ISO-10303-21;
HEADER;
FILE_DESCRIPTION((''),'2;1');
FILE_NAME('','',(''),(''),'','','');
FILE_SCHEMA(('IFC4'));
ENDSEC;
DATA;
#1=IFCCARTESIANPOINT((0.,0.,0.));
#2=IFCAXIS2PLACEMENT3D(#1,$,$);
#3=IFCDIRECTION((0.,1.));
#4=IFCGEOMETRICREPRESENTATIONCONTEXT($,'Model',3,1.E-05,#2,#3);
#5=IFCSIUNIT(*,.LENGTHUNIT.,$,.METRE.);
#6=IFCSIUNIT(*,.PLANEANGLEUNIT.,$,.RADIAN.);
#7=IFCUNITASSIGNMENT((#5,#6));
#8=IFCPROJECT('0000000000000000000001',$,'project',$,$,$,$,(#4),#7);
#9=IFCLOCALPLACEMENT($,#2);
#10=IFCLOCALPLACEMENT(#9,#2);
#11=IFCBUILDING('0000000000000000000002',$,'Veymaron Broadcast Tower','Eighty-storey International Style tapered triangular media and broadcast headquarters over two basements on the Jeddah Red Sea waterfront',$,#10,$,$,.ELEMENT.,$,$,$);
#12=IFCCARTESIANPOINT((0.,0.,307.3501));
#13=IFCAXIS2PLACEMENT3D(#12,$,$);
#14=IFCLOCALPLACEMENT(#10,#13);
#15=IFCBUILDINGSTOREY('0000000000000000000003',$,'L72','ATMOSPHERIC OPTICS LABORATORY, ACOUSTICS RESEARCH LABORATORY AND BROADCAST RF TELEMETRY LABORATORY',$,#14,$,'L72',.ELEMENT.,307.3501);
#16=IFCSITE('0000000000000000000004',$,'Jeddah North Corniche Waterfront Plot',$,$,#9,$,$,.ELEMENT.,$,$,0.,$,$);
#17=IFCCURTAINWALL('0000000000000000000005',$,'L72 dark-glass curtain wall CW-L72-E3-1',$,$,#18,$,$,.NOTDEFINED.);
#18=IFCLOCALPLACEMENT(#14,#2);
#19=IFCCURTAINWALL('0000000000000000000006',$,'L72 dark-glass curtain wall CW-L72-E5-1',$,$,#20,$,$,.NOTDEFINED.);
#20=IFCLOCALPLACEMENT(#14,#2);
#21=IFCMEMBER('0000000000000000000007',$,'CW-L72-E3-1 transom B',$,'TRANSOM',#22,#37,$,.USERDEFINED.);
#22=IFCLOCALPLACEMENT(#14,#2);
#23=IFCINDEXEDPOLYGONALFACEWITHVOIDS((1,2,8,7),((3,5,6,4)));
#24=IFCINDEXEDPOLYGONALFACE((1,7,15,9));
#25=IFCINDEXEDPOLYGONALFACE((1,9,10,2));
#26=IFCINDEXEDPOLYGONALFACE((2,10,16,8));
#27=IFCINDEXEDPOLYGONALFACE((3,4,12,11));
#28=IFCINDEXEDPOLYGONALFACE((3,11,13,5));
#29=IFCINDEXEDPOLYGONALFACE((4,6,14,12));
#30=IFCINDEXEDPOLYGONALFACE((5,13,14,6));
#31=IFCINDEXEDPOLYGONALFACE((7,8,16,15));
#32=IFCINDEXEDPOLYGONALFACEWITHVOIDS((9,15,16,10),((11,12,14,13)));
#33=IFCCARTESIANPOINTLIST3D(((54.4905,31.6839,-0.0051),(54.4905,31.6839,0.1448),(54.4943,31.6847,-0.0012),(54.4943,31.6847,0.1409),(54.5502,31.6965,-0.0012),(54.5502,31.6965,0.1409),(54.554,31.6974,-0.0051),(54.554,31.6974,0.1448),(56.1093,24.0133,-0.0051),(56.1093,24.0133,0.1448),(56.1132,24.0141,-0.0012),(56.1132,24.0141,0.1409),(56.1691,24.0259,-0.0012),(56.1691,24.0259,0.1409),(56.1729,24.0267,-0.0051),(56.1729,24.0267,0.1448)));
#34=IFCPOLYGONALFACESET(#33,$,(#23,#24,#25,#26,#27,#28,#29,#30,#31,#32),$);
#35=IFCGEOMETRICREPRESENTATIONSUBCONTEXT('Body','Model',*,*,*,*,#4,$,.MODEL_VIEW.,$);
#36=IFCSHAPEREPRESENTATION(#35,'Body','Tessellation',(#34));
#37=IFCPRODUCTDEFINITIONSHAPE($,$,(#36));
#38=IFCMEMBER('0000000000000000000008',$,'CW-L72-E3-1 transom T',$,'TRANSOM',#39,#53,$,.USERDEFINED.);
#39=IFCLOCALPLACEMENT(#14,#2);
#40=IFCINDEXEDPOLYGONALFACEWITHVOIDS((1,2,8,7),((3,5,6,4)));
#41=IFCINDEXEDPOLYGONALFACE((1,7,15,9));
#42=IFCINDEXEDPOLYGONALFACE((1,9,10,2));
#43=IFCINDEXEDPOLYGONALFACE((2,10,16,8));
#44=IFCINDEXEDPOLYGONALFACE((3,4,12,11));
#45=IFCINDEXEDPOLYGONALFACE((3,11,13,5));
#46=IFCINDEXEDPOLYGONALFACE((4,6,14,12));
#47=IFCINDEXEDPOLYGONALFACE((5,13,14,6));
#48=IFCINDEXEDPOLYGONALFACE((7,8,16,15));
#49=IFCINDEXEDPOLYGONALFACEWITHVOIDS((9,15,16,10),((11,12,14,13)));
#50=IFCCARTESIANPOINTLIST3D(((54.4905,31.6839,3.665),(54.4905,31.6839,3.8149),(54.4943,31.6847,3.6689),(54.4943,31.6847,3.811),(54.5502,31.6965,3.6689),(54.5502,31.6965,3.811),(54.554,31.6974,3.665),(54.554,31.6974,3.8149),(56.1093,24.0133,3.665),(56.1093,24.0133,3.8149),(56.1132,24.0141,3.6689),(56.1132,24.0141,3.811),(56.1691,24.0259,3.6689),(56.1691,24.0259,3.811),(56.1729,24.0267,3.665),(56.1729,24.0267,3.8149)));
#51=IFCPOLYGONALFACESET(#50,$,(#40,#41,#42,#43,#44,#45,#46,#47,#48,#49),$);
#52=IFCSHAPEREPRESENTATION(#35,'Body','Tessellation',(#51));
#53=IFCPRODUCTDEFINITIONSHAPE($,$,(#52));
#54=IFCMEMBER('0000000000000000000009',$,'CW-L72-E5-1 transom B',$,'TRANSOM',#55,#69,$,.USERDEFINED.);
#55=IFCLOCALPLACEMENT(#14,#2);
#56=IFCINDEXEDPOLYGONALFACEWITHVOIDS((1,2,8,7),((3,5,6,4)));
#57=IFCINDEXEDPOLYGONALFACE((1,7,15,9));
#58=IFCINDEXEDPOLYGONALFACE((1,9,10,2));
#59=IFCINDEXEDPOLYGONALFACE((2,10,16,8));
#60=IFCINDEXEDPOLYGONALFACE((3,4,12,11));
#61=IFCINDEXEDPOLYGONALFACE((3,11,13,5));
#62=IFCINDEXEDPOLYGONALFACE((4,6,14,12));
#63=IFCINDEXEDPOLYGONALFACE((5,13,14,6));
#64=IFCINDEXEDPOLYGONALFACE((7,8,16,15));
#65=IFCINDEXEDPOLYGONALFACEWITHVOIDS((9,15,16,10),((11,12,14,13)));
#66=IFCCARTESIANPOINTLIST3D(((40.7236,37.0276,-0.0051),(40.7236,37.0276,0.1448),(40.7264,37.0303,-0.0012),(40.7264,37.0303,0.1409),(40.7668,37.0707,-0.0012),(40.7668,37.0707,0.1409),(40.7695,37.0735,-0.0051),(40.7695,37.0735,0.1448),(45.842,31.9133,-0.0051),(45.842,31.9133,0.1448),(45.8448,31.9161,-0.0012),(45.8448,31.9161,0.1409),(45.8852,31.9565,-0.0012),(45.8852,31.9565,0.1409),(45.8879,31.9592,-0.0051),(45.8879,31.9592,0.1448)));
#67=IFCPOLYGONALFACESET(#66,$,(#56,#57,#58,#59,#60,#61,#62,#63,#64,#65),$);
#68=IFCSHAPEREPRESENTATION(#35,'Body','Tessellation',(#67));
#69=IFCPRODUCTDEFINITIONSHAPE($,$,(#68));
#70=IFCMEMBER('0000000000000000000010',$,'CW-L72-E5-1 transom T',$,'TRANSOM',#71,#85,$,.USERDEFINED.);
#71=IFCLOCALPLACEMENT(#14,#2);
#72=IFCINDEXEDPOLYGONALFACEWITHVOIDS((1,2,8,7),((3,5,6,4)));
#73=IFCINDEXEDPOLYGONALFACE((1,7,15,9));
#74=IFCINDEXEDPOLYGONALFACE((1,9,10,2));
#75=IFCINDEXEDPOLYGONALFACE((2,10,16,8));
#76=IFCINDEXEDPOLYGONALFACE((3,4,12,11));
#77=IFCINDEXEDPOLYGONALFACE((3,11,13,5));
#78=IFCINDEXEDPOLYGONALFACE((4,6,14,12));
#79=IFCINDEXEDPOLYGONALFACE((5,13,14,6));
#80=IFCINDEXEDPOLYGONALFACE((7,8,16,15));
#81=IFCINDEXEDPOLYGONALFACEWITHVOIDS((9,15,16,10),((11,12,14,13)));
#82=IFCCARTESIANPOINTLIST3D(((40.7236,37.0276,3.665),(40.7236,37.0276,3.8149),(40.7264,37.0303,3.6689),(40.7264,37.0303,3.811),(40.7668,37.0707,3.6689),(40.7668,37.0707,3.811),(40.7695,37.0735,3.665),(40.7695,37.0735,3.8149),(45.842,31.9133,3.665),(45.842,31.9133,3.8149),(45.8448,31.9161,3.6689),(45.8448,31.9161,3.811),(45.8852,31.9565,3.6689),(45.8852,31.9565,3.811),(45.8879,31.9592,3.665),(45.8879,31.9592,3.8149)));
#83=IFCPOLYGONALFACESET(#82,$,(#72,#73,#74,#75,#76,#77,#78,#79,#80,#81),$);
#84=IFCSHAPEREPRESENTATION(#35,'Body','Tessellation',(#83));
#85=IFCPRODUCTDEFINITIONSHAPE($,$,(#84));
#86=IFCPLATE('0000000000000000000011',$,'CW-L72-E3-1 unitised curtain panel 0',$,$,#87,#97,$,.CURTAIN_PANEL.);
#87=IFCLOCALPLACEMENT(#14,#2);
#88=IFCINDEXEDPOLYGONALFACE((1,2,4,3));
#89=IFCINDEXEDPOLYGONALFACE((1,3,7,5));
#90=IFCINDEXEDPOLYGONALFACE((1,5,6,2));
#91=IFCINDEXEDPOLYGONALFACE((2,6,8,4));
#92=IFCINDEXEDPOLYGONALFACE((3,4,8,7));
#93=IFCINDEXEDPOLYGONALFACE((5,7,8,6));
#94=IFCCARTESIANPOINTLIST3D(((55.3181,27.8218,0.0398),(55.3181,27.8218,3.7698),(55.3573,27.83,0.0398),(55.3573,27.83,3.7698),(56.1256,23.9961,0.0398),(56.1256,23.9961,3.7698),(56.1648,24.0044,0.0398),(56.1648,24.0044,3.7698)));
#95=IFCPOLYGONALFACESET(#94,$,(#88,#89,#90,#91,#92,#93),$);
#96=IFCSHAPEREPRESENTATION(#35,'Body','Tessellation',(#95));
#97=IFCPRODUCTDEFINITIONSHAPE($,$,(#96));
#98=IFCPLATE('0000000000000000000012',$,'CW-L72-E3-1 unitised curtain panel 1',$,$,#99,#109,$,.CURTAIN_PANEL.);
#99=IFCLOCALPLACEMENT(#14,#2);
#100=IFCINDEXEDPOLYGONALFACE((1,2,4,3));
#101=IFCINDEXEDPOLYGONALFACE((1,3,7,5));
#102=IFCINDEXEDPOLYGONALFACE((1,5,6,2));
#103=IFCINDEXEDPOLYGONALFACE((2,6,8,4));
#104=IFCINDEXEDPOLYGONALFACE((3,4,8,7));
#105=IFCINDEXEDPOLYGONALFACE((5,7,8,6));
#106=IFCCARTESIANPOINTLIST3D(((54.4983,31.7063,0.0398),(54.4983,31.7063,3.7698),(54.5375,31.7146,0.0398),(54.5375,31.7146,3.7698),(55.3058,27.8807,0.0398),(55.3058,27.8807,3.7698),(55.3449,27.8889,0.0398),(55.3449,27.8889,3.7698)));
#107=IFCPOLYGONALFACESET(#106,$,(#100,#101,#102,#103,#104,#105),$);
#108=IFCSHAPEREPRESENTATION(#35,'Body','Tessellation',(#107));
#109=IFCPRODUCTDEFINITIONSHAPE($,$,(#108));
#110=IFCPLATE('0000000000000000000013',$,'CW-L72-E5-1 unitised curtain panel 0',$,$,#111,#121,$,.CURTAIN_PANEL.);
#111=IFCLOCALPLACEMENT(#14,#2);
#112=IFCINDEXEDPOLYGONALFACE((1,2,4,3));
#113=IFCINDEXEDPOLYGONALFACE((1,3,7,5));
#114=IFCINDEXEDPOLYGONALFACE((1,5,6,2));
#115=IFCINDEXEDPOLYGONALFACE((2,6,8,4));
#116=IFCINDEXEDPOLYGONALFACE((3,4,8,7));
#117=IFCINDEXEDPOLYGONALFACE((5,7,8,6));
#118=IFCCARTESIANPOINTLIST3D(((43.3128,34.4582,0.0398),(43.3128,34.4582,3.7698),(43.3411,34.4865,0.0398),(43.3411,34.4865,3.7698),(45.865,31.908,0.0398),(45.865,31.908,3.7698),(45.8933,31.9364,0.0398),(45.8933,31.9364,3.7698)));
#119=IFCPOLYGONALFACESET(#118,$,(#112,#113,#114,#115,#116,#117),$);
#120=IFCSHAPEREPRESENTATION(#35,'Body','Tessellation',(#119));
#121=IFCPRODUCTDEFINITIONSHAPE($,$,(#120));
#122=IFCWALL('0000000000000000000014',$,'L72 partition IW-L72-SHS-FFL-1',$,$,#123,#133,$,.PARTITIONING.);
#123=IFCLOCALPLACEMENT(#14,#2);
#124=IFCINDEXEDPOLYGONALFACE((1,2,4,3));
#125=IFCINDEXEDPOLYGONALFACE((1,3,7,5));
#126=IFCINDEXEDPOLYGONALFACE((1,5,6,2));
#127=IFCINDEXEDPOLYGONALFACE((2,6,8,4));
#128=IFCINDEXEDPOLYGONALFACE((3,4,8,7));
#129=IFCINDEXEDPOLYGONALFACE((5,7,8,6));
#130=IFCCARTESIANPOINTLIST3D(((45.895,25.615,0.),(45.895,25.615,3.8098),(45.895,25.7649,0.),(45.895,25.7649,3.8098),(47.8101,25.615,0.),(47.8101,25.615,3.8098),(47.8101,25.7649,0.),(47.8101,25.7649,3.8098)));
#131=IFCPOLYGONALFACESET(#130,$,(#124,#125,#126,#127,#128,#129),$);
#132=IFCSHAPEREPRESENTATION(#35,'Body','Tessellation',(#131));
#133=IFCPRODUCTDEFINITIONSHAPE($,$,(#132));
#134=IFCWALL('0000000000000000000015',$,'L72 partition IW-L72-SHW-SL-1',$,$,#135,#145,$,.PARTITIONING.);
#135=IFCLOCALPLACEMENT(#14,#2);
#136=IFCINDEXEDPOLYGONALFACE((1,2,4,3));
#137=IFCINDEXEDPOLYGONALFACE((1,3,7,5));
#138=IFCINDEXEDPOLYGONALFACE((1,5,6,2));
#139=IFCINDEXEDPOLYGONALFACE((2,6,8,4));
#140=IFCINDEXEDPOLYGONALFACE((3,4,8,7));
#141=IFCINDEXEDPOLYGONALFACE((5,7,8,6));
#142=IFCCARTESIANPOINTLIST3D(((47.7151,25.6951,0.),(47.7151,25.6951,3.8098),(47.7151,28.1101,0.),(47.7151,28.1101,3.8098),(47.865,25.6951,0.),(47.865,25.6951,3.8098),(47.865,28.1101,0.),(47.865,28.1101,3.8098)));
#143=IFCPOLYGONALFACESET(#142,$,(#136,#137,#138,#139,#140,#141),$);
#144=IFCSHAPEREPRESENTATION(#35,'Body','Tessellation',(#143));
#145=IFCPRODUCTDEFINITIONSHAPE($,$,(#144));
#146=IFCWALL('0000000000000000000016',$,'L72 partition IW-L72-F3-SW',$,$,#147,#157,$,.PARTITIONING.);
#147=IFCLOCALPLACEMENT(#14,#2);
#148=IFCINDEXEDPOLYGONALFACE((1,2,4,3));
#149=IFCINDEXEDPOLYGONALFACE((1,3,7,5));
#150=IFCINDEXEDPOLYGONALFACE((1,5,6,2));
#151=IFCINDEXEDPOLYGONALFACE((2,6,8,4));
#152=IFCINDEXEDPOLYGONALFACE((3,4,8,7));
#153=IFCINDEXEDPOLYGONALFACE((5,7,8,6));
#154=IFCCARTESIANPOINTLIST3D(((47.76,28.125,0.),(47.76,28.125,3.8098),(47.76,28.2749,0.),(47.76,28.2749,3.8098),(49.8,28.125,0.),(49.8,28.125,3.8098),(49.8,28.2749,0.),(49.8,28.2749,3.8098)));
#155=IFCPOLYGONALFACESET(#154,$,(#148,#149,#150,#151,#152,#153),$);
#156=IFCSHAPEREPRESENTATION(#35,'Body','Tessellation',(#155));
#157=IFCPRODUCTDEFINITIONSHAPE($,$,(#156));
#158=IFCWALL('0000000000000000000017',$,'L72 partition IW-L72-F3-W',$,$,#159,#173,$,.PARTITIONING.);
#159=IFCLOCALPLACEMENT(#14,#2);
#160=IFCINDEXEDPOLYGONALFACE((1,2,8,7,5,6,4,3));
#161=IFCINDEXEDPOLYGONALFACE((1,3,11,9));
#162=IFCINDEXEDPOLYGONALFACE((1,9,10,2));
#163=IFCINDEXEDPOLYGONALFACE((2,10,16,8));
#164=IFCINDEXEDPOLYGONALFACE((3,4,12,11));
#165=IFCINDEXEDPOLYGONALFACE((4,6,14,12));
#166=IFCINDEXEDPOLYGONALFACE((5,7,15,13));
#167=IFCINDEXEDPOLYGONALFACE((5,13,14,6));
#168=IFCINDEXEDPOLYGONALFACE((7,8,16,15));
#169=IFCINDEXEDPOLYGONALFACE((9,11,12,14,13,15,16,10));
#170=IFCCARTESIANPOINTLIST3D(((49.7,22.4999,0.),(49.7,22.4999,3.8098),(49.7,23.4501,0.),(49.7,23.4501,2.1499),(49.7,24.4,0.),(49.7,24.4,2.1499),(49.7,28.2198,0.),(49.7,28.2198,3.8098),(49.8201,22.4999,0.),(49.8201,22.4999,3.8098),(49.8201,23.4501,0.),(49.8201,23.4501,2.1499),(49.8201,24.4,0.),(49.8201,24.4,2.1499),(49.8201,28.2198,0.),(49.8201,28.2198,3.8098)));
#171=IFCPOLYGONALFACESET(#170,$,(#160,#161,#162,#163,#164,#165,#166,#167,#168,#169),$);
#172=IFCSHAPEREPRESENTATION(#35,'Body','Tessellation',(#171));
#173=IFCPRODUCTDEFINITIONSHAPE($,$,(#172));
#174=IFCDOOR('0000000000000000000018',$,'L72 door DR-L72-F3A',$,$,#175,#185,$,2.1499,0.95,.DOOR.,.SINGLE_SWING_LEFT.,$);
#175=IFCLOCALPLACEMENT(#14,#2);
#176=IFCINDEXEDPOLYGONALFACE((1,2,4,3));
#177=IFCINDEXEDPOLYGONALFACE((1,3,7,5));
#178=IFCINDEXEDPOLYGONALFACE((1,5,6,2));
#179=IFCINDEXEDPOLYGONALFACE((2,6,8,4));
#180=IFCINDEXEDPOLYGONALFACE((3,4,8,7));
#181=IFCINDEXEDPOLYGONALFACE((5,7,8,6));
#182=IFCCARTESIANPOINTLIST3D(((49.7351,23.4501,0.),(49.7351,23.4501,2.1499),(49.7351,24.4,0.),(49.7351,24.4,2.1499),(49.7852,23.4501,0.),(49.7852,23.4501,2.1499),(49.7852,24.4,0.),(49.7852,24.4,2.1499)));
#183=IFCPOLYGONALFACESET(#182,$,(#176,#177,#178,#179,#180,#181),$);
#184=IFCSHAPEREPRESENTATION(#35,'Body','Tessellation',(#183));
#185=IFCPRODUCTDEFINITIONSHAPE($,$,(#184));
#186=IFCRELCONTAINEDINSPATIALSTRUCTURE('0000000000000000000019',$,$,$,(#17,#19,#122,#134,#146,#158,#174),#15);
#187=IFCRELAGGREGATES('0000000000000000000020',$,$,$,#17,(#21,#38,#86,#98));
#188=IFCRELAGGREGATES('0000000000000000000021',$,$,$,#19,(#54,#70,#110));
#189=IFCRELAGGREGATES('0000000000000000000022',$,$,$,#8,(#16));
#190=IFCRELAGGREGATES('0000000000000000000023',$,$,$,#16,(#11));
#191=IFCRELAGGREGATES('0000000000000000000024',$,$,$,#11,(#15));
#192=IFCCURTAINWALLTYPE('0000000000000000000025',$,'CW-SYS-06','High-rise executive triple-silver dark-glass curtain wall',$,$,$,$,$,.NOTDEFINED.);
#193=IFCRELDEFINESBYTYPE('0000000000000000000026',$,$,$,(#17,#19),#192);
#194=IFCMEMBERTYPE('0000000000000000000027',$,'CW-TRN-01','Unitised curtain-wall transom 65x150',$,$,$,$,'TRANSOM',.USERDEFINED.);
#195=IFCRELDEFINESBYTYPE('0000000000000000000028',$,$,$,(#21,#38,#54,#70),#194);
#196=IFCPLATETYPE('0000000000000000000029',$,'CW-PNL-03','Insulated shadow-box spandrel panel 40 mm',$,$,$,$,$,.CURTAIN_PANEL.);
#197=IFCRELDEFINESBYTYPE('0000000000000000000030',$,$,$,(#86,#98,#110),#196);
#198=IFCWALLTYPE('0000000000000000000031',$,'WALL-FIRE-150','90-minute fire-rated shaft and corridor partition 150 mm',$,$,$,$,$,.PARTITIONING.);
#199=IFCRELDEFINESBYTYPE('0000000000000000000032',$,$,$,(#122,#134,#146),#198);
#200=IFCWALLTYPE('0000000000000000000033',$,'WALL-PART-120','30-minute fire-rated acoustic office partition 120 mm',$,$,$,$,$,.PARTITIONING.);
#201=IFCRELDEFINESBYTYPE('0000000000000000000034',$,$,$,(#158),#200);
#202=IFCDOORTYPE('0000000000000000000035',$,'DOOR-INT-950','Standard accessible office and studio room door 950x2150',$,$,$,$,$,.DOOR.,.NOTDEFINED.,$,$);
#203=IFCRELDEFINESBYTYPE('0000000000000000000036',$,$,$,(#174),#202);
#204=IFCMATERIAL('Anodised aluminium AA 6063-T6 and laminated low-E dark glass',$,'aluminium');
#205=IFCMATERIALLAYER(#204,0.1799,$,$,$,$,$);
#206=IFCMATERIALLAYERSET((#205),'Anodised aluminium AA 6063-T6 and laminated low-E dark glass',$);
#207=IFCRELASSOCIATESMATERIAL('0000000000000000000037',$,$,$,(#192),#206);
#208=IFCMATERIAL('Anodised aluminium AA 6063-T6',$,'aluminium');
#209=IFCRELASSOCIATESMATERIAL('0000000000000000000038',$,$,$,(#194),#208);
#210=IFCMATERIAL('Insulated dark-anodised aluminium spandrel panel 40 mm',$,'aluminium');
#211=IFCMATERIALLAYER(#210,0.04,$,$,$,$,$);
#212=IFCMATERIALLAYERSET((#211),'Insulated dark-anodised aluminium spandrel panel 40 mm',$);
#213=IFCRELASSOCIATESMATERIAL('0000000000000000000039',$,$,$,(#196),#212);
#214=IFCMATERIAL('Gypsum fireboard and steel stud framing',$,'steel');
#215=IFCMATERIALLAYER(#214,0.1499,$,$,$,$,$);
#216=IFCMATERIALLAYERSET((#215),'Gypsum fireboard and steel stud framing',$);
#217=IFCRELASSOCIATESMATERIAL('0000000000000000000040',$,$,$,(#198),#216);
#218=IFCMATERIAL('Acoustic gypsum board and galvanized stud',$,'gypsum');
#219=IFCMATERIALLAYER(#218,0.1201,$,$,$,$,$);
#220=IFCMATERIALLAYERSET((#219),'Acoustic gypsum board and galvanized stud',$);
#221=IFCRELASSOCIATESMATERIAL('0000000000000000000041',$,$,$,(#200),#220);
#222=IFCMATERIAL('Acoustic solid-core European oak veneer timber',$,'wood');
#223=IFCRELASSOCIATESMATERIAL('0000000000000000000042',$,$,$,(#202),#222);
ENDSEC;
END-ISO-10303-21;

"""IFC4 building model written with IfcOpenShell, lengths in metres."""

from ifc_helpers import new_model, si_unit, direction, frame, frame_2d, origin, origin_2d, place, context, subcontext, project, spatial, rectangle, hollow_rectangle, extrude, material, layer, layer_set, material_profile, profile_set, type_object, element, fill, aggregate, save


model = new_model("IFC4")

# Units and contexts
model_context = context("Model", 3, precision=1e-05, world=origin(), true_north=direction((0.0, 1.0)))
body_context = subcontext(model_context, "Body", "Model", "MODEL_VIEW")
ifc_project = project(units=[si_unit("LENGTHUNIT", "METRE"), si_unit("PLANEANGLEUNIT", "RADIAN")], contexts=[model_context])

# Site, building, storey
site_placement = place(None, origin())
site = spatial("IfcSite", under=ifc_project, at=site_placement, Name="Jeddah North Corniche Waterfront Plot", CompositionType="ELEMENT", RefElevation=0.0)
building_placement = place(site_placement, origin())
building = spatial("IfcBuilding", under=site, at=building_placement, Name="Veymaron Broadcast Tower", Description="Eighty-storey International Style tapered triangular media and broadcast headquarters over two basements on the Jeddah Red Sea waterfront", CompositionType="ELEMENT")
storey_placement = place(building_placement, frame((0.0, 0.0, 307.3501)))
storey = spatial("IfcBuildingStorey", under=building, at=storey_placement, Name="L72", Description="ATMOSPHERIC OPTICS LABORATORY, ACOUSTICS RESEARCH LABORATORY AND BROADCAST RF TELEMETRY LABORATORY", LongName="L72", CompositionType="ELEMENT", Elevation=307.3501)

# Shared definitions
ifc_material_1 = material(Name="Anodised aluminium AA 6063-T6 and laminated low-E dark glass", Category="aluminium")
ifc_layer_1 = layer(ifc_material_1, 0.1799)
ifc_layer_set_1 = layer_set([ifc_layer_1], Name="Anodised aluminium AA 6063-T6 and laminated low-E dark glass")
curtain_wall_type = type_object("IfcCurtainWallType", Name="CW-SYS-06", Description="High-rise executive triple-silver dark-glass curtain wall", PredefinedType="NOTDEFINED", material=ifc_layer_set_1)
ifc_material_2 = material(Name="Anodised aluminium AA 6063-T6", Category="aluminium")

# Curtain wall
curtain_wall_1_placement = place(storey_placement, origin())
curtain_wall_1 = element("IfcCurtainWall", 1, at=curtain_wall_1_placement, inside=storey, type_object=curtain_wall_type, Name="L72 dark-glass curtain wall CW-L72-E3-1", PredefinedType="NOTDEFINED")

# Curtain wall
curtain_wall_2_placement = place(storey_placement, origin())
curtain_wall_2 = element("IfcCurtainWall", 2, at=curtain_wall_2_placement, inside=storey, type_object=curtain_wall_type, Name="L72 dark-glass curtain wall CW-L72-E5-1", PredefinedType="NOTDEFINED")

# Members
ifc_material_profile_1 = material_profile(ifc_material_2, hollow_rectangle(XDim=0.0649, YDim=0.1499, WallThickness=0.0039, at=origin_2d()), Name="AL150X65X4")
ifc_profile_set_1 = profile_set([ifc_material_profile_1], Name="Anodised aluminium AA 6063-T6")
member_type_1 = type_object("IfcMemberType", Name="CW-TRN-01", Description="Unitised curtain-wall transom 65x150", ElementType="TRANSOM", PredefinedType="USERDEFINED", material=ifc_profile_set_1)
member_1_placement = place(storey_placement, frame((56.1411, 24.02, 0.0698), z_axis=(-0.206502, 0.978446, 0.0), x_axis=(-0.978446, -0.206502, 0.0)))
member_1 = element("IfcMember", 3, at=member_1_placement, type_object=member_type_1, Name="CW-L72-E3-1 transom B", ObjectType="TRANSOM", PredefinedType="USERDEFINED", context=body_context, shape_type="SweptSolid", body=[
    extrude(hollow_rectangle(XDim=0.0649, YDim=0.1499, WallThickness=0.0039, at=origin_2d()), origin(), (0.0, 0.0, 1.0), 7.8396),
])
member_2_placement = place(storey_placement, frame((56.1411, 24.02, 3.74), z_axis=(-0.206502, 0.978446, 0.0), x_axis=(-0.978446, -0.206502, 0.0)))
member_2 = element("IfcMember", 4, at=member_2_placement, type_object=member_type_1, Name="CW-L72-E3-1 transom T", ObjectType="TRANSOM", PredefinedType="USERDEFINED", context=body_context, shape_type="SweptSolid", body=[
    extrude(hollow_rectangle(XDim=0.0649, YDim=0.1499, WallThickness=0.0039, at=origin_2d()), origin(), (0.0, 0.0, 1.0), 7.8396),
])
member_3_placement = place(storey_placement, frame((45.865, 31.9363, 0.0698), z_axis=(-0.707394, 0.70682, 0.0), x_axis=(-0.70682, -0.707394, 0.0)))
member_3 = element("IfcMember", 5, at=member_3_placement, type_object=member_type_1, Name="CW-L72-E5-1 transom B", ObjectType="TRANSOM", PredefinedType="USERDEFINED", context=body_context, shape_type="SweptSolid", body=[
    extrude(hollow_rectangle(XDim=0.0649, YDim=0.1499, WallThickness=0.0039, at=origin_2d()), origin(), (0.0, 0.0, 1.0), 7.2356),
])
member_4_placement = place(storey_placement, frame((45.865, 31.9363, 3.74), z_axis=(-0.707394, 0.70682, 0.0), x_axis=(-0.70682, -0.707394, 0.0)))
member_4 = element("IfcMember", 6, at=member_4_placement, type_object=member_type_1, Name="CW-L72-E5-1 transom T", ObjectType="TRANSOM", PredefinedType="USERDEFINED", context=body_context, shape_type="SweptSolid", body=[
    extrude(hollow_rectangle(XDim=0.0649, YDim=0.1499, WallThickness=0.0039, at=origin_2d()), origin(), (0.0, 0.0, 1.0), 7.2356),
])

# Plates
ifc_material_3 = material(Name="Insulated dark-anodised aluminium spandrel panel 40 mm", Category="aluminium")
ifc_layer_2 = layer(ifc_material_3, 0.04)
ifc_layer_set_2 = layer_set([ifc_layer_2], Name="Insulated dark-anodised aluminium spandrel panel 40 mm")
plate_type = type_object("IfcPlateType", Name="CW-PNL-03", Description="Insulated shadow-box spandrel panel 40 mm", PredefinedType="CURTAIN_PANEL", material=ifc_layer_set_2)
plate_1_placement = place(storey_placement, frame((55.7415, 25.9131, 0.0398), z_axis=(0.0, 0.0, 1.0), x_axis=(-0.206512, 0.978444, 0.0)))
plate_1 = element("IfcPlate", 7, at=plate_1_placement, type_object=plate_type, Name="CW-L72-E3-1 unitised curtain panel 0", PredefinedType="CURTAIN_PANEL", context=body_context, shape_type="SweptSolid", body=[
    extrude(rectangle(XDim=3.9099, YDim=0.04, at=origin_2d()), origin(), (0.0, 0.0, 1.0), 3.73),
])
plate_2_placement = place(storey_placement, frame((54.9216, 29.7976, 0.0398), z_axis=(0.0, 0.0, 1.0), x_axis=(-0.206512, 0.978444, 0.0)))
plate_2 = element("IfcPlate", 8, at=plate_2_placement, type_object=plate_type, Name="CW-L72-E3-1 unitised curtain panel 1", PredefinedType="CURTAIN_PANEL", context=body_context, shape_type="SweptSolid", body=[
    extrude(rectangle(XDim=3.9099, YDim=0.04, at=origin_2d()), origin(), (0.0, 0.0, 1.0), 3.73),
])
aggregate(curtain_wall_1, [member_1, member_2, plate_1, plate_2])
plate_3_placement = place(storey_placement, frame((44.603, 33.1973, 0.0398), z_axis=(0.0, 0.0, 1.0), x_axis=(-0.707403, 0.706811, 0.0)))
plate_3 = element("IfcPlate", 9, at=plate_3_placement, type_object=plate_type, Name="CW-L72-E5-1 unitised curtain panel 0", PredefinedType="CURTAIN_PANEL", context=body_context, shape_type="SweptSolid", body=[
    extrude(rectangle(XDim=3.6079, YDim=0.04, at=origin_2d()), origin(), (0.0, 0.0, 1.0), 3.73),
])
aggregate(curtain_wall_2, [member_3, member_4, plate_3])

# Shared definitions
ifc_material_4 = material(Name="Gypsum fireboard and steel stud framing", Category="steel")
ifc_layer_3 = layer(ifc_material_4, 0.1499)
ifc_layer_set_3 = layer_set([ifc_layer_3], Name="Gypsum fireboard and steel stud framing")
wall_type_1 = type_object("IfcWallType", Name="WALL-FIRE-150", Description="90-minute fire-rated shaft and corridor partition 150 mm", PredefinedType="PARTITIONING", material=ifc_layer_set_3)

# Wall
wall_1_placement = place(storey_placement, frame((45.895, 25.6899, 0.0), z_axis=(0.0, 0.0, 1.0), x_axis=(1.0, 0.0, 0.0)))
element("IfcWall", 10, at=wall_1_placement, inside=storey, type_object=wall_type_1, Name="L72 partition IW-L72-SHS-FFL-1", PredefinedType="PARTITIONING", context=body_context, shape_type="SweptSolid", body=[
    extrude(rectangle(XDim=1.915, YDim=0.1499, at=frame_2d((0.9575, 0.0))), origin(), (0.0, 0.0, 1.0), 3.8098),
])

# Walls
wall_2_placement = place(storey_placement, frame((47.79, 25.6951, 0.0), z_axis=(0.0, 0.0, 1.0), x_axis=(0.0, 1.0, 0.0)))
element("IfcWall", 11, at=wall_2_placement, inside=storey, type_object=wall_type_1, Name="L72 partition IW-L72-SHW-SL-1", PredefinedType="PARTITIONING", context=body_context, shape_type="SweptSolid", body=[
    extrude(rectangle(XDim=2.415, YDim=0.1499, at=frame_2d((1.2075, 0.0))), origin(), (0.0, 0.0, 1.0), 3.8098),
])
wall_3_placement = place(storey_placement, frame((47.76, 28.2, 0.0), z_axis=(0.0, 0.0, 1.0), x_axis=(1.0, 0.0, 0.0)))
element("IfcWall", 12, at=wall_3_placement, inside=storey, type_object=wall_type_1, Name="L72 partition IW-L72-F3-SW", PredefinedType="PARTITIONING", context=body_context, shape_type="SweptSolid", body=[
    extrude(rectangle(XDim=2.04, YDim=0.1499, at=frame_2d((1.02, 0.0))), origin(), (0.0, 0.0, 1.0), 3.8098),
])

# Wall, opening, door
ifc_material_5 = material(Name="Acoustic gypsum board and galvanized stud", Category="gypsum")
ifc_layer_4 = layer(ifc_material_5, 0.1201)
ifc_layer_set_4 = layer_set([ifc_layer_4], Name="Acoustic gypsum board and galvanized stud")
wall_type_2 = type_object("IfcWallType", Name="WALL-PART-120", Description="30-minute fire-rated acoustic office partition 120 mm", PredefinedType="PARTITIONING", material=ifc_layer_set_4)
wall_4_placement = place(storey_placement, frame((49.76, 22.5, 0.0), z_axis=(0.0, 0.0, 1.0), x_axis=(0.0, 1.0, 0.0)))
wall_4 = element("IfcWall", 13, at=wall_4_placement, inside=storey, type_object=wall_type_2, Name="L72 partition IW-L72-F3-W", PredefinedType="PARTITIONING", context=body_context, shape_type="SweptSolid", body=[
    extrude(rectangle(XDim=5.72, YDim=0.1201, at=frame_2d((2.8599, 0.0))), origin(), (0.0, 0.0, 1.0), 3.8098),
])
opening_1_placement = place(wall_4_placement, frame((0.95, 0.0, 0.0)))
opening_1 = element("IfcOpeningElement", 14, at=opening_1_placement, cuts=wall_4, PredefinedType="OPENING", context=body_context, shape_type="SweptSolid", body=[
    extrude(rectangle(XDim=0.95, YDim=2.1499, at=frame_2d((0.4751, 1.075))), frame((0.0, 0.0701, 0.0), z_axis=(0.0, -1.0, 0.0), x_axis=(1.0, 0.0, 0.0)), (0.0, 0.0, 1.0), 0.1401),
])
ifc_material_6 = material(Name="Acoustic solid-core European oak veneer timber", Category="wood")
door_type_1 = type_object("IfcDoorType", Name="DOOR-INT-950", Description="Standard accessible office and studio room door 950x2150", OperationType="NOTDEFINED", PredefinedType="DOOR", material=ifc_material_6)
door_1_placement = place(opening_1_placement, origin())
door_1 = element("IfcDoor", 15, at=door_1_placement, inside=storey, type_object=door_type_1, Name="L72 door DR-L72-F3A", OperationType="SINGLE_SWING_LEFT", OverallHeight=2.1499, OverallWidth=0.95, PredefinedType="DOOR", context=body_context, shape_type="SweptSolid", body=[
    extrude(rectangle(XDim=0.95, YDim=2.1499, at=frame_2d((0.4751, 1.075))), frame((0.0, 0.0249, 0.0), z_axis=(0.0, -1.0, 0.0), x_axis=(1.0, 0.0, 0.0)), (0.0, 0.0, 1.0), 0.05),
])
fill(opening_1, door_1)

save(model, "model.ifc")
